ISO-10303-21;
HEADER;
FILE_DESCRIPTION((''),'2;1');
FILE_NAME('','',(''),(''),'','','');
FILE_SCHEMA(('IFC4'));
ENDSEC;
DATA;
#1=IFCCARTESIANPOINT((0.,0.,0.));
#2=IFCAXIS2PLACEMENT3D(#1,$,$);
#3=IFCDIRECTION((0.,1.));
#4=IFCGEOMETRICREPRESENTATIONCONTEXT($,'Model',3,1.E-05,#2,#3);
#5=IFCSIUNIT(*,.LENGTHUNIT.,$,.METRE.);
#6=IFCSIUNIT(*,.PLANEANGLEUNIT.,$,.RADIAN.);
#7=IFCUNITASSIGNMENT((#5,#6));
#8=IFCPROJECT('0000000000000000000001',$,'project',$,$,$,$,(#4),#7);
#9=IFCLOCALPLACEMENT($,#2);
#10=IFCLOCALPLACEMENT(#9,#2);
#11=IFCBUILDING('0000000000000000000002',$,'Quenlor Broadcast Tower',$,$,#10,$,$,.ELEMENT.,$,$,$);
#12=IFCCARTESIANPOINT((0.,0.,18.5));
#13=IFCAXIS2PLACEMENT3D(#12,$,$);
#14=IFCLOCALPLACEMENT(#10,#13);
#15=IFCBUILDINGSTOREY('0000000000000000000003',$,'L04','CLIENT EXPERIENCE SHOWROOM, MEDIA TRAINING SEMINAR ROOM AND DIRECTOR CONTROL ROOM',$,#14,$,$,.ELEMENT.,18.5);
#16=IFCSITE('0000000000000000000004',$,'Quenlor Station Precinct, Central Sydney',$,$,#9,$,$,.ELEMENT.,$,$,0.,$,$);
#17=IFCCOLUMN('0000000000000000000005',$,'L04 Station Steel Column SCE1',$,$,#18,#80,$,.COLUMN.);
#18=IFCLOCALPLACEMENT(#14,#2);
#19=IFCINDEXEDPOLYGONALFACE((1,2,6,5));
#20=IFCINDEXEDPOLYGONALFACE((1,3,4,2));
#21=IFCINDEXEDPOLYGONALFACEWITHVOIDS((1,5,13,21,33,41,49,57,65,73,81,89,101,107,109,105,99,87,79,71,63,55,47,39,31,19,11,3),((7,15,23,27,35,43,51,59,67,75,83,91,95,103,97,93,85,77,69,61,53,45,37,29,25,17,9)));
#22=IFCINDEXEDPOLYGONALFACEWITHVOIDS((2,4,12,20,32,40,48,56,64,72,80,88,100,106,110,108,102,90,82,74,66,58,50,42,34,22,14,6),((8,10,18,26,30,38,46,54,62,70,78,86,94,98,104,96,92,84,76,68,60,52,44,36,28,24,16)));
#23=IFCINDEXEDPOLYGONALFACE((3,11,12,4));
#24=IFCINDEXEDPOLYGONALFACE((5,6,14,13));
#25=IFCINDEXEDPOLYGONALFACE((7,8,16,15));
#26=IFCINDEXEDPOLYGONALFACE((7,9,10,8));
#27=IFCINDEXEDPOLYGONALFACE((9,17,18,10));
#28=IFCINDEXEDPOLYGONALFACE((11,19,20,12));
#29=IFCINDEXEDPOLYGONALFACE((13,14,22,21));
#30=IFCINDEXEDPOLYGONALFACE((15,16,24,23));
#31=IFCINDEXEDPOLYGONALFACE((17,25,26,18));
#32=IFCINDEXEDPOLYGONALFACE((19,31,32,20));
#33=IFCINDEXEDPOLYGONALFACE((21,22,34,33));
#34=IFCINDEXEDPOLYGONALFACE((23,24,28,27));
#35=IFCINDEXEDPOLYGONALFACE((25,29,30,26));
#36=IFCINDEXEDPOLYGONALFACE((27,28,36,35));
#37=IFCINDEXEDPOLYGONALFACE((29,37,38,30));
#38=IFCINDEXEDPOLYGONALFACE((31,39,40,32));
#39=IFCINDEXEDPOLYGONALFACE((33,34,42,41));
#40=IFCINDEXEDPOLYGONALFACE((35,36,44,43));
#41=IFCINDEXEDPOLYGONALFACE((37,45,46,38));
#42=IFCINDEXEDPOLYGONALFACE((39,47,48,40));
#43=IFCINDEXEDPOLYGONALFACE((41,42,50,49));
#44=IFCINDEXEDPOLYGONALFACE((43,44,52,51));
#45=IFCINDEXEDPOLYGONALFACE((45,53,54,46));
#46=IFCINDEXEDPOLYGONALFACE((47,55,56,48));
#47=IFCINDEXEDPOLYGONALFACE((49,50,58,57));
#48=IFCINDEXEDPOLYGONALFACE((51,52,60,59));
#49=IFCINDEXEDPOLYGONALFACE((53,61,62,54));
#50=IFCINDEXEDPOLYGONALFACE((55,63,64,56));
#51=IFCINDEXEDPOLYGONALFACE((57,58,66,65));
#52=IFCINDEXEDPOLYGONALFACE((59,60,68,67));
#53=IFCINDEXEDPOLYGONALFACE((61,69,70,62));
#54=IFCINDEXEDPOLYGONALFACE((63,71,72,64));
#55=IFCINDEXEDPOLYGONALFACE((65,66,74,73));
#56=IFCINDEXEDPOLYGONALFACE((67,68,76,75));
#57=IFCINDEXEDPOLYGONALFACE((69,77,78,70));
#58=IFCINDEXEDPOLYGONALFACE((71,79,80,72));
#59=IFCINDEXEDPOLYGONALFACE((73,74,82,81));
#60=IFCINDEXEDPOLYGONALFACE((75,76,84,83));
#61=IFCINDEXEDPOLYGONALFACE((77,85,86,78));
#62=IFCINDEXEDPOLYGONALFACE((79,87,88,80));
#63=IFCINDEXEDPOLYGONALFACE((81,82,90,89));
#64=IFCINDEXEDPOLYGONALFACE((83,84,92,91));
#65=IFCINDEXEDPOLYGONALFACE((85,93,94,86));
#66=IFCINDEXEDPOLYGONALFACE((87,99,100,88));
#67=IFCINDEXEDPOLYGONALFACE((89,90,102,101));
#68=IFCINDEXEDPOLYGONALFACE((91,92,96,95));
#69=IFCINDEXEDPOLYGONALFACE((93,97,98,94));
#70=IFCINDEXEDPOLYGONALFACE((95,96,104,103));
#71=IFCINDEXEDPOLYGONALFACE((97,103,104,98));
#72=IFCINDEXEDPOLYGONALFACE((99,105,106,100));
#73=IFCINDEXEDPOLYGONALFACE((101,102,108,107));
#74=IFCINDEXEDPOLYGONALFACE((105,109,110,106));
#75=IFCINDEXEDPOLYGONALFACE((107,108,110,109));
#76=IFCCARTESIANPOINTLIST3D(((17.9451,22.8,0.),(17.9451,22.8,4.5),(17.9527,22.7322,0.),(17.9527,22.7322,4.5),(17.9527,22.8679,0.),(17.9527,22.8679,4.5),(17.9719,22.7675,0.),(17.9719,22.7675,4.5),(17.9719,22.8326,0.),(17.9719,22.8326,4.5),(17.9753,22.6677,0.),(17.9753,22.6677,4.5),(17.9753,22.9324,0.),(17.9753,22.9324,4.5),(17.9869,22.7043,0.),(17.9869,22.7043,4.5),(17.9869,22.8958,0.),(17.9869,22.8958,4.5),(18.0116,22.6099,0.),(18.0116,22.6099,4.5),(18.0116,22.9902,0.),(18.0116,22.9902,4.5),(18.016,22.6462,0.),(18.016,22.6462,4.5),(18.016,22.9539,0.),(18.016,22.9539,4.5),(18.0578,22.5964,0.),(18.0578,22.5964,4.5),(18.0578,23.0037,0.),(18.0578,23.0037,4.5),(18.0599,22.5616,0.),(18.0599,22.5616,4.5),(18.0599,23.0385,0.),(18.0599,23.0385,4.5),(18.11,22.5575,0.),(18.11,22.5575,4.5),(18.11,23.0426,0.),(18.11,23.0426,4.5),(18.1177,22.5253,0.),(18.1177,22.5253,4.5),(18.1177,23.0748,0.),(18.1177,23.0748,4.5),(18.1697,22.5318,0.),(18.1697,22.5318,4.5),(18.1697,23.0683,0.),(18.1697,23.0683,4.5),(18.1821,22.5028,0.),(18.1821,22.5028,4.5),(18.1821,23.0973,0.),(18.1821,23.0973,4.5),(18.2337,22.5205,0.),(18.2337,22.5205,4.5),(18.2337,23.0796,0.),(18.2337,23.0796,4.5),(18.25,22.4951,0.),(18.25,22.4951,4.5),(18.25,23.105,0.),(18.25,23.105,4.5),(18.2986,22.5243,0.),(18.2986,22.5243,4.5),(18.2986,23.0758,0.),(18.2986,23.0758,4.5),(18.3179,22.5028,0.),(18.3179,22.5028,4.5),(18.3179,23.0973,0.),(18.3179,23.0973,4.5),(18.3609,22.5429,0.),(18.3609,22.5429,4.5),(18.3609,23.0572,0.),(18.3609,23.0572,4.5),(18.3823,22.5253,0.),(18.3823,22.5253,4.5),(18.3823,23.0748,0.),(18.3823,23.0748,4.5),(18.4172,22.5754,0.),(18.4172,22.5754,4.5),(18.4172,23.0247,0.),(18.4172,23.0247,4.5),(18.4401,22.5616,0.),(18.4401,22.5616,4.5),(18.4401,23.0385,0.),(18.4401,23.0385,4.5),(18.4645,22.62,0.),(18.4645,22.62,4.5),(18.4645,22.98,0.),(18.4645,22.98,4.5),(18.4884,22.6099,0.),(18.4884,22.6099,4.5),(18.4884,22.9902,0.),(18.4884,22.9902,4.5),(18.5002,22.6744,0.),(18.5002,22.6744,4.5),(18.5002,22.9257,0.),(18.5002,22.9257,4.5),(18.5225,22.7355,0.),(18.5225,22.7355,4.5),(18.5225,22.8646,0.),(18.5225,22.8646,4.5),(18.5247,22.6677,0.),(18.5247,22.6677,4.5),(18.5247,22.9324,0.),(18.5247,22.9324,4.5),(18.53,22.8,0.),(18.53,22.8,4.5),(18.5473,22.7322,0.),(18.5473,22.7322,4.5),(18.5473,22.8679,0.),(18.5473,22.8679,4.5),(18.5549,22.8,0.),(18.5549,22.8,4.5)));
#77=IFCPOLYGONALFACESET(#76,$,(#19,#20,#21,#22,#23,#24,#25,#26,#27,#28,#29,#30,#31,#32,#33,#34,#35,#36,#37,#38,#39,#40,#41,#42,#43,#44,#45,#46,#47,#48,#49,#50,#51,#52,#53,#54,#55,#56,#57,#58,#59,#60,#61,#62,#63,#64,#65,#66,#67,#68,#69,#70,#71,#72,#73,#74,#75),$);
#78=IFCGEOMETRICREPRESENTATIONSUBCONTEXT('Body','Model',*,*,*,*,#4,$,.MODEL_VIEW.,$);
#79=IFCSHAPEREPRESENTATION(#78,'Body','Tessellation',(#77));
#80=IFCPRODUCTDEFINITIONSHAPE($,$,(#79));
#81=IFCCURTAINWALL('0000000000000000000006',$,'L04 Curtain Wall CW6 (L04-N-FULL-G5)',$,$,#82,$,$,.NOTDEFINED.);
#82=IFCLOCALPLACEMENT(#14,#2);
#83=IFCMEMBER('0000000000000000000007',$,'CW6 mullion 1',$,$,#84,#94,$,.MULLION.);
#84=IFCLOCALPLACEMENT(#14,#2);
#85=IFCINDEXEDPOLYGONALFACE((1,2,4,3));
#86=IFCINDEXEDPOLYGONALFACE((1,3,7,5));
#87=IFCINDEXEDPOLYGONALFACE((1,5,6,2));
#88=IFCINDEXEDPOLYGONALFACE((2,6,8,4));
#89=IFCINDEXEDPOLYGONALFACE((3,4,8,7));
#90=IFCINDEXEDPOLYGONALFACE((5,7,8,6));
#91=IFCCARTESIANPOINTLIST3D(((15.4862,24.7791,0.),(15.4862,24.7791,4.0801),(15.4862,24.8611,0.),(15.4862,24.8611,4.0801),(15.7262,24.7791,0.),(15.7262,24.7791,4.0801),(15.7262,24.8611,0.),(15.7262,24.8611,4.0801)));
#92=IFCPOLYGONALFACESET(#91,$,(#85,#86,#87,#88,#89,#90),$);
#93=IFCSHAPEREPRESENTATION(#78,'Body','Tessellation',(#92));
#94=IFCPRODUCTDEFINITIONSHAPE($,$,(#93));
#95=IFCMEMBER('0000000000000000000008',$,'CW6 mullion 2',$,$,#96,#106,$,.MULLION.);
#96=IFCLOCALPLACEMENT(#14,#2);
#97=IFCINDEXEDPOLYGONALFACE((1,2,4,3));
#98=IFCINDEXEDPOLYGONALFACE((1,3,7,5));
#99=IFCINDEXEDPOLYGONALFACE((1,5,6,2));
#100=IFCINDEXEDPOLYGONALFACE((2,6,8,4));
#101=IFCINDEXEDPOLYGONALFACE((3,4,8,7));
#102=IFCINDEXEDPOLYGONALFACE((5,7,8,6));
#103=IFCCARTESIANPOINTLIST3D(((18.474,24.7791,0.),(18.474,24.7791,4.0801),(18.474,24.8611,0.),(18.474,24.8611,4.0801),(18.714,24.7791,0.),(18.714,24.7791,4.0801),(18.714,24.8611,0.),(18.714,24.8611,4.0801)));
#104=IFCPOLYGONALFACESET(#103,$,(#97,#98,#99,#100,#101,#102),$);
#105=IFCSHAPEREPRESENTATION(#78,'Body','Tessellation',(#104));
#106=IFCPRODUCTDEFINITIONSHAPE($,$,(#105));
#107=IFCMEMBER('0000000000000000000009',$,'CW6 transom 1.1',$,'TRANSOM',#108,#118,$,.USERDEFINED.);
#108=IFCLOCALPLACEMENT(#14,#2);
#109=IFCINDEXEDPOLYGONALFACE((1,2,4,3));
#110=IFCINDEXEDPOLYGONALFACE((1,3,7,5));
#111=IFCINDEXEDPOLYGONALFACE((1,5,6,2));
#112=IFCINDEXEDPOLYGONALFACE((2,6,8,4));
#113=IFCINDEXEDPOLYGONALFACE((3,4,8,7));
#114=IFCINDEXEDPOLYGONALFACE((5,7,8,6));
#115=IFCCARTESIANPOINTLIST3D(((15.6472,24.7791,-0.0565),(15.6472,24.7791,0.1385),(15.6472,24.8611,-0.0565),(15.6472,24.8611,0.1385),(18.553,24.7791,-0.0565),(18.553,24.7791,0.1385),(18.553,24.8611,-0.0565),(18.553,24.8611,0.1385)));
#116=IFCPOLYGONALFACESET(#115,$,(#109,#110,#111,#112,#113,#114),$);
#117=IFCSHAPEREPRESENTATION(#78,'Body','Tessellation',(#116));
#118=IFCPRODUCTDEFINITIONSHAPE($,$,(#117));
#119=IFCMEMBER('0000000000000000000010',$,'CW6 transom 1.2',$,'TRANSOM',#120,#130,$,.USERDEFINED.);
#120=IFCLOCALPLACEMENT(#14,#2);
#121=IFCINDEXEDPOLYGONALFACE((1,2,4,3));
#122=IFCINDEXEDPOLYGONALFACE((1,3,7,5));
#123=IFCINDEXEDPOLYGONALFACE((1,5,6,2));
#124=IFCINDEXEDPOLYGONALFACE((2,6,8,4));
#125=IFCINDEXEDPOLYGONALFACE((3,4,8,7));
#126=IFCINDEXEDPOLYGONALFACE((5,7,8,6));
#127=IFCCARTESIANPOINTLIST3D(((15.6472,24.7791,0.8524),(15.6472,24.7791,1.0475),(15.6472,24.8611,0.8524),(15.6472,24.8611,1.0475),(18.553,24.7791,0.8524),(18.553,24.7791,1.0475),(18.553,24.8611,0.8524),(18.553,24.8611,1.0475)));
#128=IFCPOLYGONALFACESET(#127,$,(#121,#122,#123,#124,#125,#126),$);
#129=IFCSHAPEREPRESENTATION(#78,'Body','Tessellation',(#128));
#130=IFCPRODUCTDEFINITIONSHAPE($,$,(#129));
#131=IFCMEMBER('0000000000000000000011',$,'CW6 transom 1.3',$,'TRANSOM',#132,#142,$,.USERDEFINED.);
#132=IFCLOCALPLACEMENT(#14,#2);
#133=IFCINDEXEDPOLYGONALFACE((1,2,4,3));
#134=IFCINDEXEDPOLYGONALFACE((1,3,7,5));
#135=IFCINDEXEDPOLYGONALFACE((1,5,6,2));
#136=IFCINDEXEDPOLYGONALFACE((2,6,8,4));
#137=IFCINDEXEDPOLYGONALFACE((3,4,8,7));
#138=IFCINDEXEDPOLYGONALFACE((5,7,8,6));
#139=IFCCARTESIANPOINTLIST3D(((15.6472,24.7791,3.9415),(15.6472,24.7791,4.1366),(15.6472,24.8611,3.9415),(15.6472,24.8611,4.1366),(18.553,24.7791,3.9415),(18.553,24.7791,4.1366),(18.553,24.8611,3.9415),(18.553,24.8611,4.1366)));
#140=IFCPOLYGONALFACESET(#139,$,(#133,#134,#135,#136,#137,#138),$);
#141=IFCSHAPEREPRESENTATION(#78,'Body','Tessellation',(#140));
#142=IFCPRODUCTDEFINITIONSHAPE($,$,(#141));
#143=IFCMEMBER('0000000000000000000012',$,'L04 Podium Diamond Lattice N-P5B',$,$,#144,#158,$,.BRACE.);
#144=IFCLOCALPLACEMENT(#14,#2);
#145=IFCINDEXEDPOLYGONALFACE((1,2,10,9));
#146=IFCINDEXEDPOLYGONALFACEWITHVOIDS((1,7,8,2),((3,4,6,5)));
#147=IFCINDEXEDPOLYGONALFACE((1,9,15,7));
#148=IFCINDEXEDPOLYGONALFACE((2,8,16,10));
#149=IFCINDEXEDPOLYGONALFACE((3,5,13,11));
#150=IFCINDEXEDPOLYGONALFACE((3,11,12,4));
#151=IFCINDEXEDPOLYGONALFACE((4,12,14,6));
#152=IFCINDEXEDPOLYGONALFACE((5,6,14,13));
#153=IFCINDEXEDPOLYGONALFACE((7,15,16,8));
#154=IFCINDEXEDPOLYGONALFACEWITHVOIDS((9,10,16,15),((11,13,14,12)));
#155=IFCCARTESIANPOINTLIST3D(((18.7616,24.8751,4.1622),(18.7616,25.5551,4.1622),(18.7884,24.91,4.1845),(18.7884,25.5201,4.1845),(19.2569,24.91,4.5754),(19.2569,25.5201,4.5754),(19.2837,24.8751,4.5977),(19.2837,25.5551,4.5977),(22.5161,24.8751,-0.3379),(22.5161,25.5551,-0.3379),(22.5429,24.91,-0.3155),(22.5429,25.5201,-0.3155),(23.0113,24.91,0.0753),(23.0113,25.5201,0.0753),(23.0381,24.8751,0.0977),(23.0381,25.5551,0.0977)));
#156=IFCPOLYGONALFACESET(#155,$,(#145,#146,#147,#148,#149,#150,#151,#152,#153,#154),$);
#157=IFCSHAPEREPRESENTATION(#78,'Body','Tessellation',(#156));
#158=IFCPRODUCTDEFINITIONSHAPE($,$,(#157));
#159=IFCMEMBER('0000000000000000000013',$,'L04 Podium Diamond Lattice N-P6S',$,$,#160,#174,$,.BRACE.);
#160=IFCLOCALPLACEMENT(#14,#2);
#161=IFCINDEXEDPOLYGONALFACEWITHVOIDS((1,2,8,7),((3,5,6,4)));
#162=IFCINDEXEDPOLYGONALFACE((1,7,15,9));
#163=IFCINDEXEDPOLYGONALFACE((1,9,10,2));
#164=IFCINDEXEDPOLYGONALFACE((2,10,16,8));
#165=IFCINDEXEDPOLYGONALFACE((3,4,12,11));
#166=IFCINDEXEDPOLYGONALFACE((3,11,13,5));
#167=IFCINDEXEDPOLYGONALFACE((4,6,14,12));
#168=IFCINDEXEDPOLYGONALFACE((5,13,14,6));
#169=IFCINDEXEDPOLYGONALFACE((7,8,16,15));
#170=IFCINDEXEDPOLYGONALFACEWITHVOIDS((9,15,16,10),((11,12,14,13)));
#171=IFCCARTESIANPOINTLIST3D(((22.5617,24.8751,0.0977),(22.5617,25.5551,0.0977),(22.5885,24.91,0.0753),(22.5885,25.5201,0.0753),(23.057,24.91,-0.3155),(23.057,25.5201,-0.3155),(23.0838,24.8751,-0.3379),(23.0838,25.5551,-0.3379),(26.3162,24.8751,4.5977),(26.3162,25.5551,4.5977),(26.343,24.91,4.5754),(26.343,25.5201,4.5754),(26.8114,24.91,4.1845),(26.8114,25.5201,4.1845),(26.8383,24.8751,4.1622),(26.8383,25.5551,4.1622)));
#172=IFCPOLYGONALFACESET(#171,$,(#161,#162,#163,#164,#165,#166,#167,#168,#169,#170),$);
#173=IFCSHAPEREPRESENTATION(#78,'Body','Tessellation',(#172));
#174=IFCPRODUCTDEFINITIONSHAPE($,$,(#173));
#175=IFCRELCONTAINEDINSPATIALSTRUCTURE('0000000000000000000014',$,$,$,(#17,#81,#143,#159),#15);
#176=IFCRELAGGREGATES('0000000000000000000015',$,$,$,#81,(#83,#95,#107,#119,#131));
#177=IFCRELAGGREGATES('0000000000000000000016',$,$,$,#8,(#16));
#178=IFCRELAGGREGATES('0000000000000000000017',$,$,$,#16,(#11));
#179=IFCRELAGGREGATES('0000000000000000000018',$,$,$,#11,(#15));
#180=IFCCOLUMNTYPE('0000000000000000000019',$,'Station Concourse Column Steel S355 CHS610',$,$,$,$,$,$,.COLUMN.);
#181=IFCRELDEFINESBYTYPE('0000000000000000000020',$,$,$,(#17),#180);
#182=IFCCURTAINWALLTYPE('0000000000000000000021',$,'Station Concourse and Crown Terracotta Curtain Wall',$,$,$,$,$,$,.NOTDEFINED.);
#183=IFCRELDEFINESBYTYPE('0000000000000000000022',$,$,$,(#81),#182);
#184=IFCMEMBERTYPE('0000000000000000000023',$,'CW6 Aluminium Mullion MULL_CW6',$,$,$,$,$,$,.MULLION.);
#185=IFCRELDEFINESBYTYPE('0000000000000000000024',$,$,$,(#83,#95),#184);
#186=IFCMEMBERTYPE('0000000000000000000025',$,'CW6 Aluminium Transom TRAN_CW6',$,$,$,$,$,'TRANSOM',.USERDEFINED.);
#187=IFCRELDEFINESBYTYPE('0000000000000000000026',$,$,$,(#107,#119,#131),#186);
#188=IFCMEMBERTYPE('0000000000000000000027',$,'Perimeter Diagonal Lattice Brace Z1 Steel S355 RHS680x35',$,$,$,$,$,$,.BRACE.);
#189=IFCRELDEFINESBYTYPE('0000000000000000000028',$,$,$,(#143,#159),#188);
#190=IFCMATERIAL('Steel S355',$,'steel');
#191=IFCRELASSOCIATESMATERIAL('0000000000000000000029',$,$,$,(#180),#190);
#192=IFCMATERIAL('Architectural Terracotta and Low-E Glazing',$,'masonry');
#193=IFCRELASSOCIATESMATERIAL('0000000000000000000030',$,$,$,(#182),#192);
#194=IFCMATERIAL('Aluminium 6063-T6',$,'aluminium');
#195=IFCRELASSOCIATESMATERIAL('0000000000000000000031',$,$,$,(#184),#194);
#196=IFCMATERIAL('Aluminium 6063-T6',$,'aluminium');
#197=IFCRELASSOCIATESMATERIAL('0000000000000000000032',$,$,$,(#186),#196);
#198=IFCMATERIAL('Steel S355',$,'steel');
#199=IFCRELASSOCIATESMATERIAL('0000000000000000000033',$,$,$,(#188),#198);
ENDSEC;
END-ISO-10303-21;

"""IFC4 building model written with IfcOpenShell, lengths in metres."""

from ifc_helpers import new_model, si_unit, direction, frame, origin, origin_2d, place, context, subcontext, project, spatial, rectangle, hollow_rectangle, hollow_circle, extrude, material, material_profile, profile_set, type_object, element, aggregate, save


model = new_model("IFC4")

# Units and contexts
model_context = context("Model", 3, precision=1e-05, world=origin(), true_north=direction((0.0, 1.0)))
body_context = subcontext(model_context, "Body", "Model", "MODEL_VIEW")
ifc_project = project(units=[si_unit("LENGTHUNIT", "METRE"), si_unit("PLANEANGLEUNIT", "RADIAN")], contexts=[model_context])

# Site, building, storey
site_placement = place(None, origin())
site = spatial("IfcSite", under=ifc_project, at=site_placement, Name="Quenlor Station Precinct, Central Sydney", CompositionType="ELEMENT", RefElevation=0.0)
building_placement = place(site_placement, origin())
building = spatial("IfcBuilding", under=site, at=building_placement, Name="Quenlor Broadcast Tower", CompositionType="ELEMENT")
storey_placement = place(building_placement, frame((0.0, 0.0, 18.5)))
storey = spatial("IfcBuildingStorey", under=building, at=storey_placement, Name="L04", Description="CLIENT EXPERIENCE SHOWROOM, MEDIA TRAINING SEMINAR ROOM AND DIRECTOR CONTROL ROOM", CompositionType="ELEMENT", Elevation=18.5)

# Column
ifc_material_1 = material(Name="Steel S355", Category="steel")
ifc_material_profile_1 = material_profile(ifc_material_1, hollow_circle(Radius=0.3049, WallThickness=0.0249, at=origin_2d()))
ifc_profile_set_1 = profile_set([ifc_material_profile_1], Name="Steel S355 CHS610x25")
column_type = type_object("IfcColumnType", Name="Station Concourse Column Steel S355 CHS610", PredefinedType="COLUMN", material=ifc_profile_set_1)
column_placement = place(storey_placement, frame((18.25, 22.8, 0.0), z_axis=(0.0, 0.0, 1.0), x_axis=(1.0, 0.0, 0.0)))
element("IfcColumn", 1, at=column_placement, inside=storey, type_object=column_type, Name="L04 Station Steel Column SCE1", PredefinedType="COLUMN", context=body_context, shape_type="SweptSolid", body=[
    extrude(hollow_circle(Radius=0.3049, WallThickness=0.0249, at=origin_2d()), origin(), (0.0, 0.0, 1.0), 4.5),
])

# Curtain wall, members
ifc_material_2 = material(Name="Architectural Terracotta and Low-E Glazing", Category="masonry")
curtain_wall_type = type_object("IfcCurtainWallType", Name="Station Concourse and Crown Terracotta Curtain Wall", PredefinedType="NOTDEFINED", material=ifc_material_2)
curtain_wall_placement = place(storey_placement, origin())
curtain_wall = element("IfcCurtainWall", 2, at=curtain_wall_placement, inside=storey, type_object=curtain_wall_type, Name="L04 Curtain Wall CW6 (L04-N-FULL-G5)", PredefinedType="NOTDEFINED")
ifc_material_3 = material(Name="Aluminium 6063-T6", Category="aluminium")
ifc_material_profile_2 = material_profile(ifc_material_3, rectangle(XDim=0.082, YDim=0.24, at=origin_2d()))
ifc_profile_set_2 = profile_set([ifc_material_profile_2], Name="Aluminium 6063-T6 MULL82x240")
member_type_1 = type_object("IfcMemberType", Name="CW6 Aluminium Mullion MULL_CW6", PredefinedType="MULLION", material=ifc_profile_set_2)
member_1_placement = place(storey_placement, frame((15.6062, 24.8201, 0.0), z_axis=(0.0, 0.0, 1.0), x_axis=(0.0, 1.0, 0.0)))
member_1 = element("IfcMember", 3, at=member_1_placement, type_object=member_type_1, Name="CW6 mullion 1", PredefinedType="MULLION", context=body_context, shape_type="SweptSolid", body=[
    extrude(rectangle(XDim=0.082, YDim=0.24, at=origin_2d()), origin(), (0.0, 0.0, 1.0), 4.0801),
])
member_2_placement = place(storey_placement, frame((18.594, 24.8201, 0.0), z_axis=(0.0, 0.0, 1.0), x_axis=(0.0, 1.0, 0.0)))
member_2 = element("IfcMember", 4, at=member_2_placement, type_object=member_type_1, Name="CW6 mullion 2", PredefinedType="MULLION", context=body_context, shape_type="SweptSolid", body=[
    extrude(rectangle(XDim=0.082, YDim=0.24, at=origin_2d()), origin(), (0.0, 0.0, 1.0), 4.0801),
])
ifc_material_4 = material(Name="Aluminium 6063-T6", Category="aluminium")
ifc_material_profile_3 = material_profile(ifc_material_4, rectangle(XDim=0.082, YDim=0.1951, at=origin_2d()))
ifc_profile_set_3 = profile_set([ifc_material_profile_3], Name="Aluminium 6063-T6 TRAN82x195")
member_type_2 = type_object("IfcMemberType", Name="CW6 Aluminium Transom TRAN_CW6", ElementType="TRANSOM", PredefinedType="USERDEFINED", material=ifc_profile_set_3)
member_3_placement = place(storey_placement, frame((15.6472, 24.8201, 0.041), z_axis=(1.0, 0.0, 0.0), x_axis=(0.0, 1.0, 0.0)))
member_3 = element("IfcMember", 5, at=member_3_placement, type_object=member_type_2, Name="CW6 transom 1.1", ObjectType="TRANSOM", PredefinedType="USERDEFINED", context=body_context, shape_type="SweptSolid", body=[
    extrude(rectangle(XDim=0.082, YDim=0.1951, at=origin_2d()), origin(), (0.0, 0.0, 1.0), 2.9058),
])
member_4_placement = place(storey_placement, frame((15.6472, 24.8201, 0.95), z_axis=(1.0, 0.0, 0.0), x_axis=(0.0, 1.0, 0.0)))
member_4 = element("IfcMember", 6, at=member_4_placement, type_object=member_type_2, Name="CW6 transom 1.2", ObjectType="TRANSOM", PredefinedType="USERDEFINED", context=body_context, shape_type="SweptSolid", body=[
    extrude(rectangle(XDim=0.082, YDim=0.1951, at=origin_2d()), origin(), (0.0, 0.0, 1.0), 2.9058),
])
member_5_placement = place(storey_placement, frame((15.6472, 24.8201, 4.0391), z_axis=(1.0, 0.0, 0.0), x_axis=(0.0, 1.0, 0.0)))
member_5 = element("IfcMember", 7, at=member_5_placement, type_object=member_type_2, Name="CW6 transom 1.3", ObjectType="TRANSOM", PredefinedType="USERDEFINED", context=body_context, shape_type="SweptSolid", body=[
    extrude(rectangle(XDim=0.082, YDim=0.1951, at=origin_2d()), origin(), (0.0, 0.0, 1.0), 2.9058),
])

# Members
ifc_material_5 = material(Name="Steel S355", Category="steel")
ifc_material_profile_4 = material_profile(ifc_material_5, hollow_rectangle(XDim=0.6799, YDim=0.6799, WallThickness=0.0349, at=origin_2d()))
ifc_profile_set_4 = profile_set([ifc_material_profile_4], Name="Steel S355 RHS680x680x35")
member_type_3 = type_object("IfcMemberType", Name="Perimeter Diagonal Lattice Brace Z1 Steel S355 RHS680x35", PredefinedType="BRACE", material=ifc_profile_set_4)
for number, where, z_axis, x_axis, name in (
    (8, (22.7771, 25.2151, -0.1201), (-0.640627, 0.0, 0.767852), (0.0, -1.0, 0.0), "L04 Podium Diamond Lattice N-P5B"),
    (9, (22.8228, 25.2151, -0.1201), (0.640627, 0.0, 0.767852), (0.0, 1.0, 0.0), "L04 Podium Diamond Lattice N-P6S"),
):
    element("IfcMember", number, at=place(storey_placement, frame(where, z_axis=z_axis, x_axis=x_axis)), inside=storey, type_object=member_type_3, Name=name, PredefinedType="BRACE", context=body_context, shape_type="SweptSolid", body=[
        extrude(hollow_rectangle(XDim=0.6799, YDim=0.6799, WallThickness=0.0349, at=origin_2d()), origin(), (0.0, 0.0, 1.0), 5.8606),
    ])

aggregate(curtain_wall, [member_1, member_2, member_3, member_4, member_5])

save(model, "model.ifc")
